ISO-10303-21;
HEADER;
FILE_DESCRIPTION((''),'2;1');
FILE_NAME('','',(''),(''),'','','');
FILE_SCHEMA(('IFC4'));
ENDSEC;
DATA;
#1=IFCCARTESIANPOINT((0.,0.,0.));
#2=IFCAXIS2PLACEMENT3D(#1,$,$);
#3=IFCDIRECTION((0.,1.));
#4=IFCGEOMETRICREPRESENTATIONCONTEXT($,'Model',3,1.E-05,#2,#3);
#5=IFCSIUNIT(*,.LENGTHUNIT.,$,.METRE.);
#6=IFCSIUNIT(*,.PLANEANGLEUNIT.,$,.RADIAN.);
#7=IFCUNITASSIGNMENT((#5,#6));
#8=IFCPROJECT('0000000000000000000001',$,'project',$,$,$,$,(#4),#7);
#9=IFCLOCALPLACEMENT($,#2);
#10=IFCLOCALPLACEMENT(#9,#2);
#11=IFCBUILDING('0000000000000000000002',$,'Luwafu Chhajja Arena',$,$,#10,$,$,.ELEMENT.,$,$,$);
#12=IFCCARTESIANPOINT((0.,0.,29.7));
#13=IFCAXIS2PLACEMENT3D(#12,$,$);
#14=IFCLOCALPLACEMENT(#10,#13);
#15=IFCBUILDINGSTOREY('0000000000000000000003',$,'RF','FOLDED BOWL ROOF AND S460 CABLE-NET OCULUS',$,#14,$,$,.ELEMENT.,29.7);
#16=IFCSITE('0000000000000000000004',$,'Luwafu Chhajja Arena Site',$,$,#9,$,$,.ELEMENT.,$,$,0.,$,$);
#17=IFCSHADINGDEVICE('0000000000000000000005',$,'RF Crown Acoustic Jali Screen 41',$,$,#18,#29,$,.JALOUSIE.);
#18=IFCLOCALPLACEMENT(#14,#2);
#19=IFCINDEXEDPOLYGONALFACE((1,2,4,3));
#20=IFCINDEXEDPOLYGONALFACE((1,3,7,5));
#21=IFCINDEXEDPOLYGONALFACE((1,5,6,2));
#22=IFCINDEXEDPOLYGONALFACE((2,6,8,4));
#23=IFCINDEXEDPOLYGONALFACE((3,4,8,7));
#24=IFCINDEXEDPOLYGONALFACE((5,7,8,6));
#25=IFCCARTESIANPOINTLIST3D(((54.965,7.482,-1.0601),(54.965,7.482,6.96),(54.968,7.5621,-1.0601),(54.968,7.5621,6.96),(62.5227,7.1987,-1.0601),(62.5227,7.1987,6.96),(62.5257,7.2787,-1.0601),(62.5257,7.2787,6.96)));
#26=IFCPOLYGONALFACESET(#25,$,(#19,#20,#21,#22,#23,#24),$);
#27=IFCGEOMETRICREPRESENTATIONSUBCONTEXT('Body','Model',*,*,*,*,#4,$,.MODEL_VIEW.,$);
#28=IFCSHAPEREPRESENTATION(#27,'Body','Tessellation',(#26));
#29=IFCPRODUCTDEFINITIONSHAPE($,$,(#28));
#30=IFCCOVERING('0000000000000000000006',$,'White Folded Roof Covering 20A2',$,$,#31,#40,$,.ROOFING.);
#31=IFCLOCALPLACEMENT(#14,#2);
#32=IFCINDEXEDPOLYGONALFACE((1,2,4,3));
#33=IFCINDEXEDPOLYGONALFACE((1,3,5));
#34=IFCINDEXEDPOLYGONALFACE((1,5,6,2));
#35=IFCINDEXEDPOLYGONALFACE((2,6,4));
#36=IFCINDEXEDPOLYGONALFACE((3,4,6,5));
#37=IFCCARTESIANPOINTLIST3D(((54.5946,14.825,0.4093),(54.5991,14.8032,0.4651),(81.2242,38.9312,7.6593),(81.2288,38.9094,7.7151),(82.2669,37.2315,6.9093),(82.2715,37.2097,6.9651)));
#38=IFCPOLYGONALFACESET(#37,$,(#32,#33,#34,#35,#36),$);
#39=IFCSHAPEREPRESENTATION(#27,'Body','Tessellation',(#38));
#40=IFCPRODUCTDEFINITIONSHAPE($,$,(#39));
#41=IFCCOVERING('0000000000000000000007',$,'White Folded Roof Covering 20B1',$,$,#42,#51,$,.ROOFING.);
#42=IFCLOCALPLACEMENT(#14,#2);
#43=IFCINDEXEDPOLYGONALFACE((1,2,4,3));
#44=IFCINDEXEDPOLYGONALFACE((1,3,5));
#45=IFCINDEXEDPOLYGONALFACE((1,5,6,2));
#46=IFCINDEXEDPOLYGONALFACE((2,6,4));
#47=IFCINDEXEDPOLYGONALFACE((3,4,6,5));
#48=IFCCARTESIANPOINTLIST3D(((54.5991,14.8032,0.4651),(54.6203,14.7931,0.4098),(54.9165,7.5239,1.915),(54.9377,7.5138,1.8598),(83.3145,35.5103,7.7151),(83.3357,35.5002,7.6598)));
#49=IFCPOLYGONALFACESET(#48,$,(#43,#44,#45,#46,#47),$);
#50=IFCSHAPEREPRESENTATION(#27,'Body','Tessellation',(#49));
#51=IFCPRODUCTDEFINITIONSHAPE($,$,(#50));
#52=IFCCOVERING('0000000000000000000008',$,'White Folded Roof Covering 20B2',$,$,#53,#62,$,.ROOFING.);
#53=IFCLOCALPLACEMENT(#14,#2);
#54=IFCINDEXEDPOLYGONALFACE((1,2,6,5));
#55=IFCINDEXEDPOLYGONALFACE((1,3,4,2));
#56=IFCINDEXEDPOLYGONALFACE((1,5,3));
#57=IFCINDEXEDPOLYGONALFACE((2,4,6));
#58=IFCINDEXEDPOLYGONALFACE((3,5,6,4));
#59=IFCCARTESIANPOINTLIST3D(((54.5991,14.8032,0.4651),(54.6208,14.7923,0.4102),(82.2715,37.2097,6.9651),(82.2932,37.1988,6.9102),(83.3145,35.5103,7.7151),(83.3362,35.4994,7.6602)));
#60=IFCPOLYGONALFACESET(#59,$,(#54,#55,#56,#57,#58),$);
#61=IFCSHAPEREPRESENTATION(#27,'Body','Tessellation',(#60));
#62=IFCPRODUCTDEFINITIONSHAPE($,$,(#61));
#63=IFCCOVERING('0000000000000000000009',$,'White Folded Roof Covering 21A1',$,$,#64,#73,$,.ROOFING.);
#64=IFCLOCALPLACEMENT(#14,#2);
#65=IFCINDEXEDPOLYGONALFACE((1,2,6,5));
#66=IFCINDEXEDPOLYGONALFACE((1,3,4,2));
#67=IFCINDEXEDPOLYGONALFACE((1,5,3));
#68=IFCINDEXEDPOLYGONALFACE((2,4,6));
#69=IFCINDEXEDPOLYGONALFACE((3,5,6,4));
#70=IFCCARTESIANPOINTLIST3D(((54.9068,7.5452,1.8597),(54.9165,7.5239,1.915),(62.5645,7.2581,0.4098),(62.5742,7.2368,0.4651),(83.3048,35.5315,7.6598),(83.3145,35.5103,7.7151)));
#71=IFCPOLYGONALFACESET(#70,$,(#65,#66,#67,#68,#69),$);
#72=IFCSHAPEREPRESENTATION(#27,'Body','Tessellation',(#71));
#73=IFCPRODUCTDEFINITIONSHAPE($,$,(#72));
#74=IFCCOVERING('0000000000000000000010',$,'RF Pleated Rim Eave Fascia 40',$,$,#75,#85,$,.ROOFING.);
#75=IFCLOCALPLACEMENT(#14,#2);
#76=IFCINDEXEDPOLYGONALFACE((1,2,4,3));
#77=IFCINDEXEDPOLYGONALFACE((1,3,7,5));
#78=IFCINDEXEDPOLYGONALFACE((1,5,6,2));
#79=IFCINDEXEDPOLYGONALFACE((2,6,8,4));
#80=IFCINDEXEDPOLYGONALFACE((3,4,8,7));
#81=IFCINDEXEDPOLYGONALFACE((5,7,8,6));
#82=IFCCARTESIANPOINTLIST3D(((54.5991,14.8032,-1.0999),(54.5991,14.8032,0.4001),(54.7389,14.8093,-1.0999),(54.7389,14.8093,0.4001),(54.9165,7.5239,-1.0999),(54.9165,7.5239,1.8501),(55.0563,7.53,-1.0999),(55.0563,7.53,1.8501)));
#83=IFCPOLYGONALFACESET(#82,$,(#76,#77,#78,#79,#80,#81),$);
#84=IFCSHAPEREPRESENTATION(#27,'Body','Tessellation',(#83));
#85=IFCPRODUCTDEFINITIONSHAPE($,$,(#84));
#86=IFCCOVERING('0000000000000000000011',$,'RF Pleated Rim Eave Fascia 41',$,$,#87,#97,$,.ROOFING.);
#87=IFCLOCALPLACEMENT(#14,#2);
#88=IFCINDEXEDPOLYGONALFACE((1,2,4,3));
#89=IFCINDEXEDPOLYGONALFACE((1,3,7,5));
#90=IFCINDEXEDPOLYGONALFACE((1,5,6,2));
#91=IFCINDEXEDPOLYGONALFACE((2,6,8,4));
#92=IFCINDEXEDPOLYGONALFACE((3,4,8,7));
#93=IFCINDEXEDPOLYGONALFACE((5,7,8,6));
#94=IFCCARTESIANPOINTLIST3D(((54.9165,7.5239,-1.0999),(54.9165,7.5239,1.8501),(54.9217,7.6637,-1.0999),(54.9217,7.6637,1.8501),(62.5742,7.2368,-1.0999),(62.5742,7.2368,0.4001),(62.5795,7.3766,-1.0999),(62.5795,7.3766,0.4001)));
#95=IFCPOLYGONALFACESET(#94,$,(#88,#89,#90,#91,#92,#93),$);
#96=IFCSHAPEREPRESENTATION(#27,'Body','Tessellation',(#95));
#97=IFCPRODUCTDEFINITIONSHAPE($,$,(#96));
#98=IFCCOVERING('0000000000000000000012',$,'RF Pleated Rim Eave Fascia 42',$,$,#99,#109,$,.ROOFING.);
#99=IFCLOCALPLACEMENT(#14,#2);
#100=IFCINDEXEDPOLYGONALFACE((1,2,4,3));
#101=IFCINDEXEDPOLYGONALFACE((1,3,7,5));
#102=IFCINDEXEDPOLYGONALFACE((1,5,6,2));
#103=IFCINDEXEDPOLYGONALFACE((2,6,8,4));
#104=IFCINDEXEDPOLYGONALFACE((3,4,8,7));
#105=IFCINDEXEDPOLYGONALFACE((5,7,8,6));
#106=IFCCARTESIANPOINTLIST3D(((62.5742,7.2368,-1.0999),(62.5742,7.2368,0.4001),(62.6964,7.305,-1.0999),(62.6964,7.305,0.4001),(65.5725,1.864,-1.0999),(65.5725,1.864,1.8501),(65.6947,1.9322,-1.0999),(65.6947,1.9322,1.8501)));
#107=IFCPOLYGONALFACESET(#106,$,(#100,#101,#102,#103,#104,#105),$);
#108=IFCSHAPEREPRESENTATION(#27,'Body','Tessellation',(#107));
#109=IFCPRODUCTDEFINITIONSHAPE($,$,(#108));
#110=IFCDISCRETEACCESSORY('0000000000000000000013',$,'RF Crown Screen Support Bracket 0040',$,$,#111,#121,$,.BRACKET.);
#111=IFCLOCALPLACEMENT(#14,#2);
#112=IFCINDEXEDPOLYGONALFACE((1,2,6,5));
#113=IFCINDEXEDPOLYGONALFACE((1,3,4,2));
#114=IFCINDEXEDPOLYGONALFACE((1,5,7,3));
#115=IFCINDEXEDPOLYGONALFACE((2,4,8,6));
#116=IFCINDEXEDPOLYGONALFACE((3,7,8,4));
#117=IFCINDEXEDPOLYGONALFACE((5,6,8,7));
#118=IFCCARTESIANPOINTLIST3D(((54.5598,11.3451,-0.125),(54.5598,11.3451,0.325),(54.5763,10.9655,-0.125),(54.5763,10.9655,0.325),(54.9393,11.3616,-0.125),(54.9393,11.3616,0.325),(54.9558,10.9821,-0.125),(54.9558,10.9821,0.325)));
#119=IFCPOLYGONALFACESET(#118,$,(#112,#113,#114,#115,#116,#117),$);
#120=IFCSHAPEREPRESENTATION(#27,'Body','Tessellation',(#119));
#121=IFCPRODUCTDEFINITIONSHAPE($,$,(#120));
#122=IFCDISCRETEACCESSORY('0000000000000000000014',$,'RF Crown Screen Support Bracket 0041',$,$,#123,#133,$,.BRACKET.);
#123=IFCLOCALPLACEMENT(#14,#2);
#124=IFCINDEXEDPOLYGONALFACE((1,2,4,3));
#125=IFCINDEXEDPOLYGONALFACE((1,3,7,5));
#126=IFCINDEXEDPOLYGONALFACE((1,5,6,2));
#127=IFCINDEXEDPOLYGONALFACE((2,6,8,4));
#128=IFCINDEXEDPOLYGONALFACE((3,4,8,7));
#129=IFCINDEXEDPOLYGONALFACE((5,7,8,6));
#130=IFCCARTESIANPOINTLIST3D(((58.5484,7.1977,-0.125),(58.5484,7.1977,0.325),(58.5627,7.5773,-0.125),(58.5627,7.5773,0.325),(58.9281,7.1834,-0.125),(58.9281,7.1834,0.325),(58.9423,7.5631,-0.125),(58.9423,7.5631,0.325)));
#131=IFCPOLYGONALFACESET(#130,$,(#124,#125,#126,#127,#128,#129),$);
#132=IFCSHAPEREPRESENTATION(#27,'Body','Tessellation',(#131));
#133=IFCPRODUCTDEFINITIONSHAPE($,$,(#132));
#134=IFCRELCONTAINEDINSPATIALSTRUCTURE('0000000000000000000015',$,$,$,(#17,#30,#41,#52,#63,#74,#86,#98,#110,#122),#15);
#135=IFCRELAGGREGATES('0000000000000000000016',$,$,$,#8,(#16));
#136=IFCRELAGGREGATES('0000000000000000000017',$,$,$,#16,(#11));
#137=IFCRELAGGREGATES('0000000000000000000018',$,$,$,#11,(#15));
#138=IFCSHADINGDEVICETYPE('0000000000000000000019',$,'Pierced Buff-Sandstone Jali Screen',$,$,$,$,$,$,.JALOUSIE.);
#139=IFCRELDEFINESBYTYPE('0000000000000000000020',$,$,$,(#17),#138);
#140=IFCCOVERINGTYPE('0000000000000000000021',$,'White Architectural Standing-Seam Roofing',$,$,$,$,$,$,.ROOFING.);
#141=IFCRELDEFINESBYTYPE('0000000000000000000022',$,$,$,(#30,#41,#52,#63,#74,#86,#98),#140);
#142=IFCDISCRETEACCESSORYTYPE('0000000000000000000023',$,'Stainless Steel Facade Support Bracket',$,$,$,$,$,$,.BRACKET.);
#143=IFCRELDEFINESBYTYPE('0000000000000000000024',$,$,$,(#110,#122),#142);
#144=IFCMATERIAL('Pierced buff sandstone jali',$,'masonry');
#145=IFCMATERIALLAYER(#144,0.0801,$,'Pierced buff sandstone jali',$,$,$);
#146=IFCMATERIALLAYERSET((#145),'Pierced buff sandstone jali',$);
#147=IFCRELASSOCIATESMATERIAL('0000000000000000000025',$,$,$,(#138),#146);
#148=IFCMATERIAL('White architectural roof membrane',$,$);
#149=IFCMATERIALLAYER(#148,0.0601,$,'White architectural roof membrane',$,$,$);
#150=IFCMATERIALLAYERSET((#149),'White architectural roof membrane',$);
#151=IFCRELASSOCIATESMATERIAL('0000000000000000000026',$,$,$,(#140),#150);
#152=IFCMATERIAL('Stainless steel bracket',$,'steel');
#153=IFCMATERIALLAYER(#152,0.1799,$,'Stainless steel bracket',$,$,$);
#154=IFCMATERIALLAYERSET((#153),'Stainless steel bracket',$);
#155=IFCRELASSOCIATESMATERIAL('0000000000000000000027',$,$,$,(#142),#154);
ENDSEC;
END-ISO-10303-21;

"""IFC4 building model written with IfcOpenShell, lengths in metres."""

from ifc_helpers import new_model, si_unit, direction, frame, origin, origin_2d, place, context, subcontext, project, spatial, polyline, rectangle, outline, extrude, material, layer, layer_set, type_object, element, save


model = new_model("IFC4")

# Units and contexts
model_context = context("Model", 3, precision=1e-05, world=origin(), true_north=direction((0.0, 1.0)))
body_context = subcontext(model_context, "Body", "Model", "MODEL_VIEW")
ifc_project = project(units=[si_unit("LENGTHUNIT", "METRE"), si_unit("PLANEANGLEUNIT", "RADIAN")], contexts=[model_context])

# Site, building, storey
site_placement = place(None, origin())
site = spatial("IfcSite", under=ifc_project, at=site_placement, Name="Luwafu Chhajja Arena Site", CompositionType="ELEMENT", RefElevation=0.0)
building_placement = place(site_placement, origin())
building = spatial("IfcBuilding", under=site, at=building_placement, Name="Luwafu Chhajja Arena", CompositionType="ELEMENT")
storey_placement = place(building_placement, frame((0.0, 0.0, 29.7)))
storey = spatial("IfcBuildingStorey", under=building, at=storey_placement, Name="RF", Description="FOLDED BOWL ROOF AND S460 CABLE-NET OCULUS", CompositionType="ELEMENT", Elevation=29.7)

# Shading device
ifc_material_1 = material(Name="Pierced buff sandstone jali", Category="masonry")
ifc_layer_1 = layer(ifc_material_1, 0.0801, Name="Pierced buff sandstone jali")
ifc_layer_set_1 = layer_set([ifc_layer_1], Name="Pierced buff sandstone jali")
shading_device_type = type_object("IfcShadingDeviceType", Name="Pierced Buff-Sandstone Jali Screen", PredefinedType="JALOUSIE", material=ifc_layer_set_1)
shading_device_1_placement = place(storey_placement, frame((58.7454, 7.3804, -1.0601), z_axis=(0.0, 0.0, 1.0), x_axis=(0.999298, -0.037465, 0.0)))
element("IfcShadingDevice", 1, at=shading_device_1_placement, inside=storey, type_object=shading_device_type, Name="RF Crown Acoustic Jali Screen 41", PredefinedType="JALOUSIE", context=body_context, shape_type="SweptSolid", body=[
    extrude(rectangle(XDim=7.563, YDim=0.0801, at=origin_2d()), origin(), (0.0, 0.0, 1.0), 8.02),
])

# Coverings
ifc_material_2 = material(Name="White architectural roof membrane")
ifc_layer_2 = layer(ifc_material_2, 0.0601, Name="White architectural roof membrane")
ifc_layer_set_2 = layer_set([ifc_layer_2], Name="White architectural roof membrane")
covering_type = type_object("IfcCoveringType", Name="White Architectural Standing-Seam Roofing", PredefinedType="ROOFING", material=ifc_layer_set_2)
covering_1_placement = place(storey_placement, frame((54.5991, 14.8032, 0.4651), z_axis=(0.075937, -0.363172, 0.928623), x_axis=(0.764541, 0.619054, 0.179584)))
element("IfcCovering", 2, at=covering_1_placement, inside=storey, type_object=covering_type, Name="White Folded Roof Covering 20A2", PredefinedType="ROOFING", context=body_context, shape_type="SweptSolid", body=[
    extrude(outline(polyline([(0.0, 0.0), (36.1948, 0.0), (36.5845, 2.0945), (0.0, 0.0)])), origin(), (0.0, 0.0, -1.0), 0.0601),
])
covering_2_placement = place(storey_placement, frame((54.5991, 14.8032, 0.4651), z_axis=(-0.353423, 0.167898, 0.920273), x_axis=(0.042722, -0.979838, 0.195172)))
element("IfcCovering", 3, at=covering_2_placement, inside=storey, type_object=covering_type, Name="White Folded Roof Covering 20B1", PredefinedType="ROOFING", context=body_context, shape_type="SweptSolid", body=[
    extrude(outline(polyline([(0.0, 0.0), (7.4291, 0.0), (-17.6478, 31.5352), (0.0, 0.0)])), origin(), (0.0, 0.0, -1.0), 0.0601),
])
covering_3_placement = place(storey_placement, frame((54.5991, 14.8032, 0.4651), z_axis=(-0.361773, 0.181527, 0.914422), x_axis=(0.794615, 0.573008, 0.200623)))
element("IfcCovering", 4, at=covering_3_placement, inside=storey, type_object=covering_type, Name="White Folded Roof Covering 20B2", PredefinedType="ROOFING", context=body_context, shape_type="SweptSolid", body=[
    extrude(outline(polyline([(0.0, 0.0), (36.1374, 0.0), (36.132, 2.1304), (0.0, 0.0)])), origin(), (0.0, 0.0, -1.0), 0.0601),
])
covering_4_placement = place(storey_placement, frame((54.9165, 7.5239, 1.915), z_axis=(0.161121, -0.354388, 0.921113), x_axis=(0.981876, -0.036813, -0.185914)))
element("IfcCovering", 5, at=covering_4_placement, inside=storey, type_object=covering_type, Name="White Folded Roof Covering 21A1", PredefinedType="ROOFING", context=body_context, shape_type="SweptSolid", body=[
    extrude(outline(polyline([(0.0, 0.0), (7.7991, 0.0), (25.7747, 30.9675), (0.0, 0.0)])), origin(), (0.0, 0.0, -1.0), 0.0601),
])
covering_5_placement = place(storey_placement, frame((54.5991, 14.8032, -1.0999), z_axis=(-0.999051, -0.043559, 0.0), x_axis=(0.043559, -0.999051, 0.0)))
element("IfcCovering", 6, at=covering_5_placement, inside=storey, type_object=covering_type, Name="RF Pleated Rim Eave Fascia 40", PredefinedType="ROOFING", context=body_context, shape_type="SweptSolid", body=[
    extrude(outline(polyline([(0.0, 0.0), (7.2862, 0.0), (7.2862, 2.95), (0.0, 1.5), (0.0, 0.0)])), origin(), (0.0, 0.0, -1.0), 0.1399),
])
covering_6_placement = place(storey_placement, frame((54.9165, 7.5239, -1.0999), z_axis=(-0.037467, -0.999298, 0.0), x_axis=(0.999298, -0.037467, 0.0)))
element("IfcCovering", 7, at=covering_6_placement, inside=storey, type_object=covering_type, Name="RF Pleated Rim Eave Fascia 41", PredefinedType="ROOFING", context=body_context, shape_type="SweptSolid", body=[
    extrude(outline(polyline([(0.0, 0.0), (7.6631, 0.0), (7.6631, 1.5), (0.0, 2.95), (0.0, 0.0)])), origin(), (0.0, 0.0, -1.0), 0.1399),
])
covering_7_placement = place(storey_placement, frame((62.5742, 7.2368, -1.0999), z_axis=(-0.873231, -0.487306, 0.0), x_axis=(0.487306, -0.873231, 0.0)))
element("IfcCovering", 8, at=covering_7_placement, inside=storey, type_object=covering_type, Name="RF Pleated Rim Eave Fascia 42", PredefinedType="ROOFING", context=body_context, shape_type="SweptSolid", body=[
    extrude(outline(polyline([(0.0, 0.0), (6.1528, 0.0), (6.1528, 2.95), (0.0, 1.5), (0.0, 0.0)])), origin(), (0.0, 0.0, -1.0), 0.1399),
])

# Discrete accessories
ifc_material_3 = material(Name="Stainless steel bracket", Category="steel")
ifc_layer_3 = layer(ifc_material_3, 0.1799, Name="Stainless steel bracket")
ifc_layer_set_3 = layer_set([ifc_layer_3], Name="Stainless steel bracket")
discrete_accessory_type = type_object("IfcDiscreteAccessoryType", Name="Stainless Steel Facade Support Bracket", PredefinedType="BRACKET", material=ifc_layer_set_3)
for number, where, z_axis, x_axis, name in (
    (9, (54.7578, 11.1636, -0.125), (0.0, 0.0, 1.0), (0.043562, -0.999051, 0.0), "RF Crown Screen Support Bracket 0040"),
    (10, (58.7454, 7.3804, -0.125), (0.0, 0.0, 1.0), (0.999298, -0.037465, 0.0), "RF Crown Screen Support Bracket 0041"),
):
    element("IfcDiscreteAccessory", number, at=place(storey_placement, frame(where, z_axis=z_axis, x_axis=x_axis)), inside=storey, type_object=discrete_accessory_type, Name=name, PredefinedType="BRACKET", context=body_context, shape_type="SweptSolid", body=[
        extrude(rectangle(XDim=0.3799, YDim=0.3799, at=origin_2d()), origin(), (0.0, 0.0, 1.0), 0.45),
    ])

save(model, "model.ifc")
